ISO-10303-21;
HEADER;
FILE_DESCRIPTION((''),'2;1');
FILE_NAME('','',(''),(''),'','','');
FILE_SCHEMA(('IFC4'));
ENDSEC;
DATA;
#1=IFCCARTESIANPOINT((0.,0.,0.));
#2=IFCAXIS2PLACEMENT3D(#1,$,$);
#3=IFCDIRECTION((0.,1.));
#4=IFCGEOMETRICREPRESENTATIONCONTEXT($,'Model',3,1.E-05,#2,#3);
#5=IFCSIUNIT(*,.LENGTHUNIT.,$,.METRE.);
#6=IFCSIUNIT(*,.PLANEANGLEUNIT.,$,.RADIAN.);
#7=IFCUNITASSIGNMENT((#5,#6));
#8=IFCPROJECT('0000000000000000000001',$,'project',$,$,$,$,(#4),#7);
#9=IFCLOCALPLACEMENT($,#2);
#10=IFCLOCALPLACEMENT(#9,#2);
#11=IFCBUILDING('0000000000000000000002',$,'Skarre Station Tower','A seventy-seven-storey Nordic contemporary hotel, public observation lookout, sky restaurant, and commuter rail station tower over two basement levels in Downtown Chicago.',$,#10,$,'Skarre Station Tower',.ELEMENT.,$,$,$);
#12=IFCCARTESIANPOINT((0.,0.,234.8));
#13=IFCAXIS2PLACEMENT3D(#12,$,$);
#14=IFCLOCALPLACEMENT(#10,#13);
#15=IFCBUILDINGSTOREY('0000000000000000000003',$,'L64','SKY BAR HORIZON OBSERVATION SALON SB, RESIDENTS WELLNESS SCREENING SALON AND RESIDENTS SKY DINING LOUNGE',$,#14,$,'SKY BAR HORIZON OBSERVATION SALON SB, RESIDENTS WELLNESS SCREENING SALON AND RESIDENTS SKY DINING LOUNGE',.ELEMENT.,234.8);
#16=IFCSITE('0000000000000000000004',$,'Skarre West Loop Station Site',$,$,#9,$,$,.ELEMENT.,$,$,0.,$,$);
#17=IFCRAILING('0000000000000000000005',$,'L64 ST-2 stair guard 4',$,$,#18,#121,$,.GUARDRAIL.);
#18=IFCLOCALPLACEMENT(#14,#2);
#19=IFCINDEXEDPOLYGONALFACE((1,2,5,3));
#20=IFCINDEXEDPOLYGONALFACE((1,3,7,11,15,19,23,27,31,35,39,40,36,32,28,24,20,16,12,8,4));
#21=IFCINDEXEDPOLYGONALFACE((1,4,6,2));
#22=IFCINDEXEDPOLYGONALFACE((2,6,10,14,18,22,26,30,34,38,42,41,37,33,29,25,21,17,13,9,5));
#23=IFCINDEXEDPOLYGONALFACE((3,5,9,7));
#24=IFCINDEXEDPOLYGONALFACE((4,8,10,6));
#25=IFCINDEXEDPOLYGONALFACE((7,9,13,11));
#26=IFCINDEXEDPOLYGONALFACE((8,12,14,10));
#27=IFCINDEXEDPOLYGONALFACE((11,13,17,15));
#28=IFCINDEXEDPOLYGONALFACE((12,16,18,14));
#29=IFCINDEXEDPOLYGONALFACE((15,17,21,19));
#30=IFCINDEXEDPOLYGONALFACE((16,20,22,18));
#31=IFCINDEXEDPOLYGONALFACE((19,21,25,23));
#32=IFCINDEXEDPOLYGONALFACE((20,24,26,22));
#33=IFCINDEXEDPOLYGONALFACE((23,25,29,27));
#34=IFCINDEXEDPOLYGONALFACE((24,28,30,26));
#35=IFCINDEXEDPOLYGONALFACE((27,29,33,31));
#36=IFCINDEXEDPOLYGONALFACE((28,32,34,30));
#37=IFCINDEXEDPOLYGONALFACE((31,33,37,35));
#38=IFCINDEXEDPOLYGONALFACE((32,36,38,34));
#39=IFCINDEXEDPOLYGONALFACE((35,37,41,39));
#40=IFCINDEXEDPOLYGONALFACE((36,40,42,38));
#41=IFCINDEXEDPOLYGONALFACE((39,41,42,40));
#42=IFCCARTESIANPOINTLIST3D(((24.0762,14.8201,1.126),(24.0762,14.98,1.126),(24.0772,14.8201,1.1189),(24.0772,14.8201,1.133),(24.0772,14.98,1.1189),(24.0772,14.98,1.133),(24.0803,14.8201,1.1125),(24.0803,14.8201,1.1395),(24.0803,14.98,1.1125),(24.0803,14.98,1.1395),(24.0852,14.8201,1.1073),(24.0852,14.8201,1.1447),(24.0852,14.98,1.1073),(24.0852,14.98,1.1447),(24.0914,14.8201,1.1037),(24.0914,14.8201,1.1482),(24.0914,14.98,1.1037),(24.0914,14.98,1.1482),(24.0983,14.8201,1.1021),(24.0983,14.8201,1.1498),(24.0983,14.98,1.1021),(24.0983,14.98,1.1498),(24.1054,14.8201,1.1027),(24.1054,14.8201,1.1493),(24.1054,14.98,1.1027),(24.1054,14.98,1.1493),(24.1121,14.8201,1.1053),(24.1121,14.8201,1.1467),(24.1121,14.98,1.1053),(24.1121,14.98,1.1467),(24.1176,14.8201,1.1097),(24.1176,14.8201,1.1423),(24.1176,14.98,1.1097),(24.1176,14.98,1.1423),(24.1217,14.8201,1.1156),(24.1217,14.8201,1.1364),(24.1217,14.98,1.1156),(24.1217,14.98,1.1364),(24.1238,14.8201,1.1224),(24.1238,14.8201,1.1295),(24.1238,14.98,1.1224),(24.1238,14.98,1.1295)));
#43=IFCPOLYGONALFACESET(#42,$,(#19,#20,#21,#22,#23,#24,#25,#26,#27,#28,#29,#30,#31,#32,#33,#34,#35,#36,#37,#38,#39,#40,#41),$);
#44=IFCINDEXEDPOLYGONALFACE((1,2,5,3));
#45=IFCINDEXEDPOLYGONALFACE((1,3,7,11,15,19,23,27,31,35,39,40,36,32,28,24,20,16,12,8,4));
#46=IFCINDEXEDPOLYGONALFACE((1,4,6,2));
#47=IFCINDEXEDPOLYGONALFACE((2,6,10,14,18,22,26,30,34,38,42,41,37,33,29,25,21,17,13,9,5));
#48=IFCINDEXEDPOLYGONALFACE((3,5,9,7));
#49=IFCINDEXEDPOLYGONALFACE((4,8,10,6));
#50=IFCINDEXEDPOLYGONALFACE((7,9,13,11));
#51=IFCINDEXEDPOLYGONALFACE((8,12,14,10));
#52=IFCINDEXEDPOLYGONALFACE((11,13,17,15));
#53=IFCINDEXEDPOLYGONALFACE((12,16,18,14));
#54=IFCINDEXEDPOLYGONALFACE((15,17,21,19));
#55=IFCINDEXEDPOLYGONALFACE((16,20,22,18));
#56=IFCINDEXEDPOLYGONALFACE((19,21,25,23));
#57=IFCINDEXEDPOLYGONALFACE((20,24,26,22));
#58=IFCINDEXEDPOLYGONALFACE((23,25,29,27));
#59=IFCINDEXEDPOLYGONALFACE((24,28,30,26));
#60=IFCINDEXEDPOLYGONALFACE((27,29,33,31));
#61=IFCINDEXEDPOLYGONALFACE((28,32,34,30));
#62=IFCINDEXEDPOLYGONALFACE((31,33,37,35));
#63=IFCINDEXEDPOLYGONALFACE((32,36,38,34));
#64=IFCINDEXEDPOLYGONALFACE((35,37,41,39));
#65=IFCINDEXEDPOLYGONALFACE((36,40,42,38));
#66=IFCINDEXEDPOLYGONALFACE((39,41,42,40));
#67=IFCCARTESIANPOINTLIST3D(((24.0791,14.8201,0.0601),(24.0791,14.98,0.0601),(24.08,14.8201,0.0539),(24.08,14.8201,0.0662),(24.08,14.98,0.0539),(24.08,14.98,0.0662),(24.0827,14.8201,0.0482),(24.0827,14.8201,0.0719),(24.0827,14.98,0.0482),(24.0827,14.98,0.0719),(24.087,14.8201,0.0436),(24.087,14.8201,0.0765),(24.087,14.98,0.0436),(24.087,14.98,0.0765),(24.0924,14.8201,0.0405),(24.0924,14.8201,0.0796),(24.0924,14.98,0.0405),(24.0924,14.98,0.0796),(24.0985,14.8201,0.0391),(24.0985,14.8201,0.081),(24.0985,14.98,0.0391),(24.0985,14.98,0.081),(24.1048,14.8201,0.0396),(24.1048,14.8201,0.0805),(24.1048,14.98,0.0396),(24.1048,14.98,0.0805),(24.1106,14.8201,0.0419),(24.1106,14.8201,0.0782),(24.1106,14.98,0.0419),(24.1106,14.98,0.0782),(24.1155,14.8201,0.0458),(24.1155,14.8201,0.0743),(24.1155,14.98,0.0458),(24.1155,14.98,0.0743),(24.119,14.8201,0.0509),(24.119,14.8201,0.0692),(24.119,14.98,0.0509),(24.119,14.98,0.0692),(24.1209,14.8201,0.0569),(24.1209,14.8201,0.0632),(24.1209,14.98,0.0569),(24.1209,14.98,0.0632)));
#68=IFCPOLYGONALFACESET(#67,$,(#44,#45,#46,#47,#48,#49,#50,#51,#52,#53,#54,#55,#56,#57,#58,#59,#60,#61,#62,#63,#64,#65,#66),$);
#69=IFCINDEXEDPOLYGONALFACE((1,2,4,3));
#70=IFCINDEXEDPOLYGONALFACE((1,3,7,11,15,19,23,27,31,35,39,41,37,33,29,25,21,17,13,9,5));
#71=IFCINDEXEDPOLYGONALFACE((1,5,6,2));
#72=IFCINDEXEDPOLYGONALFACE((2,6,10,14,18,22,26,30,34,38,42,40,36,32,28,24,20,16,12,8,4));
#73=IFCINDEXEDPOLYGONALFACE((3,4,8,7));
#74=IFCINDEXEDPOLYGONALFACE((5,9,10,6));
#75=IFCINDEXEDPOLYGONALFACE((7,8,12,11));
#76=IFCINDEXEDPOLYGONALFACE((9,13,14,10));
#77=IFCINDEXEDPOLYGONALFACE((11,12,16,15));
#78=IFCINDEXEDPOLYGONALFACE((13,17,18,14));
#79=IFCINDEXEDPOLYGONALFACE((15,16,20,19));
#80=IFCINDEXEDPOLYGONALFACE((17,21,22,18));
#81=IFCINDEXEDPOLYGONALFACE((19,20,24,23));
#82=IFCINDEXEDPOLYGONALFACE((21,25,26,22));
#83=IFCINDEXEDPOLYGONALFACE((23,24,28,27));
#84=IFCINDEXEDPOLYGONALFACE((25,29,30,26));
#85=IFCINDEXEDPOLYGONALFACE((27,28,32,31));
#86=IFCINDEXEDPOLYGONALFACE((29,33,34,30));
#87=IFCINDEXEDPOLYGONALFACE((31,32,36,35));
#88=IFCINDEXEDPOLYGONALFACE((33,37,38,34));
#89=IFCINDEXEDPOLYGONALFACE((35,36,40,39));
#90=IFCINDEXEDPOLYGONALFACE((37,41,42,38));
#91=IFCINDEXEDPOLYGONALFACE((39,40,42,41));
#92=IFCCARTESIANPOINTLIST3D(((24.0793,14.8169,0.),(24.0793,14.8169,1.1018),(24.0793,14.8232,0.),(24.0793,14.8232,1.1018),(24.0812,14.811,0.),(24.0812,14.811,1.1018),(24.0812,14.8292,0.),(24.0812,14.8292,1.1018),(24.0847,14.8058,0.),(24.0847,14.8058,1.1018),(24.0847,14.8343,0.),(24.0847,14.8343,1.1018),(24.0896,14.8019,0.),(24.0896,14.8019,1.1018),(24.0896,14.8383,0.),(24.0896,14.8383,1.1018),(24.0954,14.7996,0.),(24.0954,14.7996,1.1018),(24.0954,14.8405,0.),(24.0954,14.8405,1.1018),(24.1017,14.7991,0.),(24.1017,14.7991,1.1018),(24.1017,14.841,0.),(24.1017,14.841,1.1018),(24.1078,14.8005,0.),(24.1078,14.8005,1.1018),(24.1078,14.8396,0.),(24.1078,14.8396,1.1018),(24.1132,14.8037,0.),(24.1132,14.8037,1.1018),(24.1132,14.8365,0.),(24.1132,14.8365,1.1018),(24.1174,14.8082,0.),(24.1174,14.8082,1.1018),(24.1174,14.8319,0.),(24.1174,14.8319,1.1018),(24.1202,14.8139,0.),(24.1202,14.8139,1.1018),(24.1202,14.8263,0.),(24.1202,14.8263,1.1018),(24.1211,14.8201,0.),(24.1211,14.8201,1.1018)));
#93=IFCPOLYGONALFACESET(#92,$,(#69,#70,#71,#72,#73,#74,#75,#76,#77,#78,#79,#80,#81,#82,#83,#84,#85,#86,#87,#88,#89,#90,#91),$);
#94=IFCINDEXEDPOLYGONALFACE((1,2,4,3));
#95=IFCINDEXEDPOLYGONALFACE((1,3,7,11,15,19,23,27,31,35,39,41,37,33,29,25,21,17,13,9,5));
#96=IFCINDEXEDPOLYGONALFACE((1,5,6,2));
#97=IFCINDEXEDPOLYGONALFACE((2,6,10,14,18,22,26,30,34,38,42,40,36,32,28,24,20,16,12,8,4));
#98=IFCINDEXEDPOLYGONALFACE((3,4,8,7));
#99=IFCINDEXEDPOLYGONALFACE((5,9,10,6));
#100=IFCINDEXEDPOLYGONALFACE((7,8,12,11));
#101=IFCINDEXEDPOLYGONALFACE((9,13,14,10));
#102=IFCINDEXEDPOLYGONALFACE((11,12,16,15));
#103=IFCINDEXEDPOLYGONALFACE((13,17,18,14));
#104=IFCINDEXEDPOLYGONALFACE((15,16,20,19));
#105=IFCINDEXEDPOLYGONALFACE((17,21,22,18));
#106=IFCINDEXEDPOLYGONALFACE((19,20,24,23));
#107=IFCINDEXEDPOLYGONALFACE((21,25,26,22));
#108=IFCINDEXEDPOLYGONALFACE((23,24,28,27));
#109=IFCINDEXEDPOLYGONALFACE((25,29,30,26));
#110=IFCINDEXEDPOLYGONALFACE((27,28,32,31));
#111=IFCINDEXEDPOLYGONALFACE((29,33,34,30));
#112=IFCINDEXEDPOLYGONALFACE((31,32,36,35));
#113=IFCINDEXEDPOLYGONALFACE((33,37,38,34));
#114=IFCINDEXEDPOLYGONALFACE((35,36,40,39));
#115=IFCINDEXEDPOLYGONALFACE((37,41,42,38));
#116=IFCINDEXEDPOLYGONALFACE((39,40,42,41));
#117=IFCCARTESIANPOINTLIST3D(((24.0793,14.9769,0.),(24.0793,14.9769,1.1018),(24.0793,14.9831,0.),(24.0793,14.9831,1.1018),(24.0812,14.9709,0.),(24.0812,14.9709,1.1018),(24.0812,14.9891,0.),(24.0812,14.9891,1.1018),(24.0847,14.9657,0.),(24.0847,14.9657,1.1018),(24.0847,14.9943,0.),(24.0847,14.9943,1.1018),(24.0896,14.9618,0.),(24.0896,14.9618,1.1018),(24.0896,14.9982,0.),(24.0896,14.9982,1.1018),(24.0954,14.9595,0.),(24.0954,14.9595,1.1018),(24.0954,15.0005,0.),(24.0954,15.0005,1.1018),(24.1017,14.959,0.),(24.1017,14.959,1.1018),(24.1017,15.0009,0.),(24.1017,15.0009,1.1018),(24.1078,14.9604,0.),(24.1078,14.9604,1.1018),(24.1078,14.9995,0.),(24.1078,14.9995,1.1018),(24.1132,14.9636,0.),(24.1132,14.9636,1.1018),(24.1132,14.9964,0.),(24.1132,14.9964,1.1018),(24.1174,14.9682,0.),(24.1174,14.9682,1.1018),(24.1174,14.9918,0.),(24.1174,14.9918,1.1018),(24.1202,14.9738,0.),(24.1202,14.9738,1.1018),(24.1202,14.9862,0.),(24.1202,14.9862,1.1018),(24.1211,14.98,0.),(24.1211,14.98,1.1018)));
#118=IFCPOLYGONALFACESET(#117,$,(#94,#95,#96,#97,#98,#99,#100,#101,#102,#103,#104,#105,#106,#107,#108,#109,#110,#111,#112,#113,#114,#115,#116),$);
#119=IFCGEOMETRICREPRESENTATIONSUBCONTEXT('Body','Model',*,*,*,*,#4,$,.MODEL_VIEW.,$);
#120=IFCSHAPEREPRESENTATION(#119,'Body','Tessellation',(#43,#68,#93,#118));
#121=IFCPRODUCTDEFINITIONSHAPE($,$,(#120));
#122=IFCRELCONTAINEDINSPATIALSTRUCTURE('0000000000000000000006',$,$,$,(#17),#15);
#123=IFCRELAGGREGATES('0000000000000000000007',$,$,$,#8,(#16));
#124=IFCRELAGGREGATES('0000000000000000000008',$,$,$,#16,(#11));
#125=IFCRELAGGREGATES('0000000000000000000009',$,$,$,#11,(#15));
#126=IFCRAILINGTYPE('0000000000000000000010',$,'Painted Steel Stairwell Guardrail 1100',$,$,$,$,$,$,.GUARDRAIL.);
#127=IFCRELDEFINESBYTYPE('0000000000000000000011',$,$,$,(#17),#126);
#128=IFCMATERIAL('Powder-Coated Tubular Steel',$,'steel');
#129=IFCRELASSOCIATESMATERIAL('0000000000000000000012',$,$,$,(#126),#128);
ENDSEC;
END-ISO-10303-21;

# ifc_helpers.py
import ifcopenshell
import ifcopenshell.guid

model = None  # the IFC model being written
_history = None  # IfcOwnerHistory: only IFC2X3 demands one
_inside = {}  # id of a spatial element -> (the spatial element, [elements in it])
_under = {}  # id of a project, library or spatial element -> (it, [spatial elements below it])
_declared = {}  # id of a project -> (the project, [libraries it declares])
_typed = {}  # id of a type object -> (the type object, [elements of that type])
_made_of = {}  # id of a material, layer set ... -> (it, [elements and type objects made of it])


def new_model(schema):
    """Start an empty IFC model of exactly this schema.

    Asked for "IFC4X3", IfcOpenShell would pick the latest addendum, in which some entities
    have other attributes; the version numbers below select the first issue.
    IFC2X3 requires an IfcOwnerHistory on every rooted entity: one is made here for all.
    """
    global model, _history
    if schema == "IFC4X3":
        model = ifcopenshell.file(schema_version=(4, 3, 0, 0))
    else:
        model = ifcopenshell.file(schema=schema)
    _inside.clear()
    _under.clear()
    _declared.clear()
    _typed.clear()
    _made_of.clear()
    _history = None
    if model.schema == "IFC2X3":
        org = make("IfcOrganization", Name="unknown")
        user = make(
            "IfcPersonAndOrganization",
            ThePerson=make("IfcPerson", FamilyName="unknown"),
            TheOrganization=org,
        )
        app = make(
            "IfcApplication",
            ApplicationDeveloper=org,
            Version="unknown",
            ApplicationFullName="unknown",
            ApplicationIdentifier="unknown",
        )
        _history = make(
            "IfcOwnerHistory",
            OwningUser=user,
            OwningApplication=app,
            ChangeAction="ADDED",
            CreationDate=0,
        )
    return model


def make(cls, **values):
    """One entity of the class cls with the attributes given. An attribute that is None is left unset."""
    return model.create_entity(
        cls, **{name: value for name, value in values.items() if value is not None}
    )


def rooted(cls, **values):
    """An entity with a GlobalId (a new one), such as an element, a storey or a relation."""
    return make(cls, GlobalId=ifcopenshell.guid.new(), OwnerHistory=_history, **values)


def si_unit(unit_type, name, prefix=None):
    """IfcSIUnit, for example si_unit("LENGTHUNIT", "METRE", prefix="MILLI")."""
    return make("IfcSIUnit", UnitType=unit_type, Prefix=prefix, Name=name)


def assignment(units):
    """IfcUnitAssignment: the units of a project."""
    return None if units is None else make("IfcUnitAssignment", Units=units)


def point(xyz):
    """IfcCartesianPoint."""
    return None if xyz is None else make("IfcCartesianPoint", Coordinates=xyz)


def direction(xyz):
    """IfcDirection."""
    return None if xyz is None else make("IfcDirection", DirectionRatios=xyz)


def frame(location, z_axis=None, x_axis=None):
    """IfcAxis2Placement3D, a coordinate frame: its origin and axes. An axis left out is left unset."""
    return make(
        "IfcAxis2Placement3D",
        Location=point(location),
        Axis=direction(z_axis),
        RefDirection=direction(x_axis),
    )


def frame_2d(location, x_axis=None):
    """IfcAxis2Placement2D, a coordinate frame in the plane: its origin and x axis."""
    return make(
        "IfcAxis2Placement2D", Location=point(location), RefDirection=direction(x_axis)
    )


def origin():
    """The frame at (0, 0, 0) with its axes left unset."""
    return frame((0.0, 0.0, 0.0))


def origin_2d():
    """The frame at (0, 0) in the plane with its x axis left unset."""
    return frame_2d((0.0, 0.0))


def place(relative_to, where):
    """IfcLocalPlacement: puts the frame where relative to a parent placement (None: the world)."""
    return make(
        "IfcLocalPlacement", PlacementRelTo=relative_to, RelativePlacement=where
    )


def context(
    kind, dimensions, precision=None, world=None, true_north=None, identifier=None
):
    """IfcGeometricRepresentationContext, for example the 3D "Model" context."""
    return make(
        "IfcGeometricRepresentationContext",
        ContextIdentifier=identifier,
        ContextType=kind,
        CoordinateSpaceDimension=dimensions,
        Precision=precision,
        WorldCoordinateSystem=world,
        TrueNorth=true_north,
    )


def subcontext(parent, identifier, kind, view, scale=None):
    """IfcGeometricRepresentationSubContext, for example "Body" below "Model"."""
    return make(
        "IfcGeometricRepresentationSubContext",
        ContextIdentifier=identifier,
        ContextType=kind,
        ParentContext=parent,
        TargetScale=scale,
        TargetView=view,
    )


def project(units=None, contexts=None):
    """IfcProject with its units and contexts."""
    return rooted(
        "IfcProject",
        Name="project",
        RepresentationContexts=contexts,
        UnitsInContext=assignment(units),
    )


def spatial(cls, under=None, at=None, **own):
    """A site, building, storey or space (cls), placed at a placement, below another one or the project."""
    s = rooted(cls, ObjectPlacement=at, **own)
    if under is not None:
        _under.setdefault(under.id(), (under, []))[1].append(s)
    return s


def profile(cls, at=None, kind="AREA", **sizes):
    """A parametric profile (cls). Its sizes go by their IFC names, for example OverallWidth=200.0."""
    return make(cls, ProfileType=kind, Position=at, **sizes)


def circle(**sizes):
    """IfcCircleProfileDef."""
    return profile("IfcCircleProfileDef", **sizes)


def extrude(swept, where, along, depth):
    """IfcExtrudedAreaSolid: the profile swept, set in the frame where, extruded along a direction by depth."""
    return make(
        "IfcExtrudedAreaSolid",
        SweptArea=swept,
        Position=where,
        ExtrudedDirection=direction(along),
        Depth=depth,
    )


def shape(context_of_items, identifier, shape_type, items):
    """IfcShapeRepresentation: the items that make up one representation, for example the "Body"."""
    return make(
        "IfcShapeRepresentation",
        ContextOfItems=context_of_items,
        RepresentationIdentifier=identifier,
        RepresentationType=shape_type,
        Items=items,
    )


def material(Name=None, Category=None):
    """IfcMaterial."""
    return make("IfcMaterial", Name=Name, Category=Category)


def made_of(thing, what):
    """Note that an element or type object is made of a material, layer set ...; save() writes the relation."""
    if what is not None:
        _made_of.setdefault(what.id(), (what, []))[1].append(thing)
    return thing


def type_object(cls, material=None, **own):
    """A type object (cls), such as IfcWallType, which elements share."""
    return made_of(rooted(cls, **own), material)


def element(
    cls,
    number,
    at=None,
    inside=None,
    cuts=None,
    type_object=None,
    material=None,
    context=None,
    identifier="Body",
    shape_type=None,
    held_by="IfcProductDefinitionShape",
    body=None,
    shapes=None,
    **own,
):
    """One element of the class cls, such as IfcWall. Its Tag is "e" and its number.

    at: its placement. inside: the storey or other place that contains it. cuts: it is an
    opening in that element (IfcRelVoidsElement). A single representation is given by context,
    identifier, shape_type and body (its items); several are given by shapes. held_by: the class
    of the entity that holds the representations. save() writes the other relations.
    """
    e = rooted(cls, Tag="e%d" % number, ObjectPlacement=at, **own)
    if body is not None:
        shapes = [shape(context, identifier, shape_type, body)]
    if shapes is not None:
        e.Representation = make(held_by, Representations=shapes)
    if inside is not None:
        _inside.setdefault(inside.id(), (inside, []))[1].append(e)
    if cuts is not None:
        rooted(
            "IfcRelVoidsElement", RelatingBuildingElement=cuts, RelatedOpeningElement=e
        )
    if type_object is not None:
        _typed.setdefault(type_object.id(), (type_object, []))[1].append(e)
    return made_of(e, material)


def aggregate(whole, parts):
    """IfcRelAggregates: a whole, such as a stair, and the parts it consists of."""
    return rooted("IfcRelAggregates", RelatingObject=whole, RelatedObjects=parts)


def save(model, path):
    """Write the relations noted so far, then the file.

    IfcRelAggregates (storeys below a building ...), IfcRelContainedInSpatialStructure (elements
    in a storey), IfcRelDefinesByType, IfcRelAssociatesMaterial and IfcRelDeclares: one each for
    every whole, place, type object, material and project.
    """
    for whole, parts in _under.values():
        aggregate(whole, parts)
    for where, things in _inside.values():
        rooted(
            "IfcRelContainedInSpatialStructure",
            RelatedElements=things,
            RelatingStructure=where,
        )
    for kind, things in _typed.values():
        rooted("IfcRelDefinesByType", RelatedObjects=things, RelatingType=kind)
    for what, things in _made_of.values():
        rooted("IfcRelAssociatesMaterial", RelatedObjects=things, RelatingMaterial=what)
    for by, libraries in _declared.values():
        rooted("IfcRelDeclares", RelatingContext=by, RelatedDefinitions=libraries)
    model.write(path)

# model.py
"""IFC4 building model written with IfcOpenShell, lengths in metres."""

from ifc_helpers import new_model, si_unit, direction, frame, origin, origin_2d, place, context, subcontext, project, spatial, circle, extrude, material, type_object, element, save


model = new_model("IFC4")

# Units and contexts
model_context = context("Model", 3, precision=1e-05, world=origin(), true_north=direction((0.0, 1.0)))
body_context = subcontext(model_context, "Body", "Model", "MODEL_VIEW")
ifc_project = project(units=[si_unit("LENGTHUNIT", "METRE"), si_unit("PLANEANGLEUNIT", "RADIAN")], contexts=[model_context])

# Site, building, storey
site_placement = place(None, origin())
site = spatial("IfcSite", under=ifc_project, at=site_placement, Name="Skarre West Loop Station Site", CompositionType="ELEMENT", RefElevation=0.0)
building_placement = place(site_placement, origin())
building = spatial("IfcBuilding", under=site, at=building_placement, Name="Skarre Station Tower", Description="A seventy-seven-storey Nordic contemporary hotel, public observation lookout, sky restaurant, and commuter rail station tower over two basement levels in Downtown Chicago.", LongName="Skarre Station Tower", CompositionType="ELEMENT")
storey_placement = place(building_placement, frame((0.0, 0.0, 234.8)))
storey = spatial("IfcBuildingStorey", under=building, at=storey_placement, Name="L64", Description="SKY BAR HORIZON OBSERVATION SALON SB, RESIDENTS WELLNESS SCREENING SALON AND RESIDENTS SKY DINING LOUNGE", LongName="SKY BAR HORIZON OBSERVATION SALON SB, RESIDENTS WELLNESS SCREENING SALON AND RESIDENTS SKY DINING LOUNGE", CompositionType="ELEMENT", Elevation=234.8)

# Railing
ifc_material_1 = material(Name="Powder-Coated Tubular Steel", Category="steel")
railing_type_1 = type_object("IfcRailingType", Name="Painted Steel Stairwell Guardrail 1100", PredefinedType="GUARDRAIL", material=ifc_material_1)
railing_1_placement = place(storey_placement, frame((24.1001, 14.8201, 0.0)))
element("IfcRailing", 1, at=railing_1_placement, inside=storey, type_object=railing_type_1, Name="L64 ST-2 stair guard 4", PredefinedType="GUARDRAIL", context=body_context, shape_type="SweptSolid", body=[
    extrude(circle(Radius=0.0239, at=origin_2d()), frame((0.0, 0.0, 1.126), z_axis=(0.0, 1.0, 0.0), x_axis=(-1.0, 0.0, 0.0)), (0.0, 0.0, 1.0), 0.1599),
    extrude(circle(Radius=0.021, at=origin_2d()), frame((0.0, 0.0, 0.0601), z_axis=(0.0, 1.0, 0.0), x_axis=(-1.0, 0.0, 0.0)), (0.0, 0.0, 1.0), 0.1599),
    extrude(circle(Radius=0.021, at=origin_2d()), origin(), (0.0, 0.0, 1.0), 1.1018),
    extrude(circle(Radius=0.021, at=origin_2d()), frame((0.0, 0.1599, 0.0)), (0.0, 0.0, 1.0), 1.1018),
])

save(model, "model.ifc")
